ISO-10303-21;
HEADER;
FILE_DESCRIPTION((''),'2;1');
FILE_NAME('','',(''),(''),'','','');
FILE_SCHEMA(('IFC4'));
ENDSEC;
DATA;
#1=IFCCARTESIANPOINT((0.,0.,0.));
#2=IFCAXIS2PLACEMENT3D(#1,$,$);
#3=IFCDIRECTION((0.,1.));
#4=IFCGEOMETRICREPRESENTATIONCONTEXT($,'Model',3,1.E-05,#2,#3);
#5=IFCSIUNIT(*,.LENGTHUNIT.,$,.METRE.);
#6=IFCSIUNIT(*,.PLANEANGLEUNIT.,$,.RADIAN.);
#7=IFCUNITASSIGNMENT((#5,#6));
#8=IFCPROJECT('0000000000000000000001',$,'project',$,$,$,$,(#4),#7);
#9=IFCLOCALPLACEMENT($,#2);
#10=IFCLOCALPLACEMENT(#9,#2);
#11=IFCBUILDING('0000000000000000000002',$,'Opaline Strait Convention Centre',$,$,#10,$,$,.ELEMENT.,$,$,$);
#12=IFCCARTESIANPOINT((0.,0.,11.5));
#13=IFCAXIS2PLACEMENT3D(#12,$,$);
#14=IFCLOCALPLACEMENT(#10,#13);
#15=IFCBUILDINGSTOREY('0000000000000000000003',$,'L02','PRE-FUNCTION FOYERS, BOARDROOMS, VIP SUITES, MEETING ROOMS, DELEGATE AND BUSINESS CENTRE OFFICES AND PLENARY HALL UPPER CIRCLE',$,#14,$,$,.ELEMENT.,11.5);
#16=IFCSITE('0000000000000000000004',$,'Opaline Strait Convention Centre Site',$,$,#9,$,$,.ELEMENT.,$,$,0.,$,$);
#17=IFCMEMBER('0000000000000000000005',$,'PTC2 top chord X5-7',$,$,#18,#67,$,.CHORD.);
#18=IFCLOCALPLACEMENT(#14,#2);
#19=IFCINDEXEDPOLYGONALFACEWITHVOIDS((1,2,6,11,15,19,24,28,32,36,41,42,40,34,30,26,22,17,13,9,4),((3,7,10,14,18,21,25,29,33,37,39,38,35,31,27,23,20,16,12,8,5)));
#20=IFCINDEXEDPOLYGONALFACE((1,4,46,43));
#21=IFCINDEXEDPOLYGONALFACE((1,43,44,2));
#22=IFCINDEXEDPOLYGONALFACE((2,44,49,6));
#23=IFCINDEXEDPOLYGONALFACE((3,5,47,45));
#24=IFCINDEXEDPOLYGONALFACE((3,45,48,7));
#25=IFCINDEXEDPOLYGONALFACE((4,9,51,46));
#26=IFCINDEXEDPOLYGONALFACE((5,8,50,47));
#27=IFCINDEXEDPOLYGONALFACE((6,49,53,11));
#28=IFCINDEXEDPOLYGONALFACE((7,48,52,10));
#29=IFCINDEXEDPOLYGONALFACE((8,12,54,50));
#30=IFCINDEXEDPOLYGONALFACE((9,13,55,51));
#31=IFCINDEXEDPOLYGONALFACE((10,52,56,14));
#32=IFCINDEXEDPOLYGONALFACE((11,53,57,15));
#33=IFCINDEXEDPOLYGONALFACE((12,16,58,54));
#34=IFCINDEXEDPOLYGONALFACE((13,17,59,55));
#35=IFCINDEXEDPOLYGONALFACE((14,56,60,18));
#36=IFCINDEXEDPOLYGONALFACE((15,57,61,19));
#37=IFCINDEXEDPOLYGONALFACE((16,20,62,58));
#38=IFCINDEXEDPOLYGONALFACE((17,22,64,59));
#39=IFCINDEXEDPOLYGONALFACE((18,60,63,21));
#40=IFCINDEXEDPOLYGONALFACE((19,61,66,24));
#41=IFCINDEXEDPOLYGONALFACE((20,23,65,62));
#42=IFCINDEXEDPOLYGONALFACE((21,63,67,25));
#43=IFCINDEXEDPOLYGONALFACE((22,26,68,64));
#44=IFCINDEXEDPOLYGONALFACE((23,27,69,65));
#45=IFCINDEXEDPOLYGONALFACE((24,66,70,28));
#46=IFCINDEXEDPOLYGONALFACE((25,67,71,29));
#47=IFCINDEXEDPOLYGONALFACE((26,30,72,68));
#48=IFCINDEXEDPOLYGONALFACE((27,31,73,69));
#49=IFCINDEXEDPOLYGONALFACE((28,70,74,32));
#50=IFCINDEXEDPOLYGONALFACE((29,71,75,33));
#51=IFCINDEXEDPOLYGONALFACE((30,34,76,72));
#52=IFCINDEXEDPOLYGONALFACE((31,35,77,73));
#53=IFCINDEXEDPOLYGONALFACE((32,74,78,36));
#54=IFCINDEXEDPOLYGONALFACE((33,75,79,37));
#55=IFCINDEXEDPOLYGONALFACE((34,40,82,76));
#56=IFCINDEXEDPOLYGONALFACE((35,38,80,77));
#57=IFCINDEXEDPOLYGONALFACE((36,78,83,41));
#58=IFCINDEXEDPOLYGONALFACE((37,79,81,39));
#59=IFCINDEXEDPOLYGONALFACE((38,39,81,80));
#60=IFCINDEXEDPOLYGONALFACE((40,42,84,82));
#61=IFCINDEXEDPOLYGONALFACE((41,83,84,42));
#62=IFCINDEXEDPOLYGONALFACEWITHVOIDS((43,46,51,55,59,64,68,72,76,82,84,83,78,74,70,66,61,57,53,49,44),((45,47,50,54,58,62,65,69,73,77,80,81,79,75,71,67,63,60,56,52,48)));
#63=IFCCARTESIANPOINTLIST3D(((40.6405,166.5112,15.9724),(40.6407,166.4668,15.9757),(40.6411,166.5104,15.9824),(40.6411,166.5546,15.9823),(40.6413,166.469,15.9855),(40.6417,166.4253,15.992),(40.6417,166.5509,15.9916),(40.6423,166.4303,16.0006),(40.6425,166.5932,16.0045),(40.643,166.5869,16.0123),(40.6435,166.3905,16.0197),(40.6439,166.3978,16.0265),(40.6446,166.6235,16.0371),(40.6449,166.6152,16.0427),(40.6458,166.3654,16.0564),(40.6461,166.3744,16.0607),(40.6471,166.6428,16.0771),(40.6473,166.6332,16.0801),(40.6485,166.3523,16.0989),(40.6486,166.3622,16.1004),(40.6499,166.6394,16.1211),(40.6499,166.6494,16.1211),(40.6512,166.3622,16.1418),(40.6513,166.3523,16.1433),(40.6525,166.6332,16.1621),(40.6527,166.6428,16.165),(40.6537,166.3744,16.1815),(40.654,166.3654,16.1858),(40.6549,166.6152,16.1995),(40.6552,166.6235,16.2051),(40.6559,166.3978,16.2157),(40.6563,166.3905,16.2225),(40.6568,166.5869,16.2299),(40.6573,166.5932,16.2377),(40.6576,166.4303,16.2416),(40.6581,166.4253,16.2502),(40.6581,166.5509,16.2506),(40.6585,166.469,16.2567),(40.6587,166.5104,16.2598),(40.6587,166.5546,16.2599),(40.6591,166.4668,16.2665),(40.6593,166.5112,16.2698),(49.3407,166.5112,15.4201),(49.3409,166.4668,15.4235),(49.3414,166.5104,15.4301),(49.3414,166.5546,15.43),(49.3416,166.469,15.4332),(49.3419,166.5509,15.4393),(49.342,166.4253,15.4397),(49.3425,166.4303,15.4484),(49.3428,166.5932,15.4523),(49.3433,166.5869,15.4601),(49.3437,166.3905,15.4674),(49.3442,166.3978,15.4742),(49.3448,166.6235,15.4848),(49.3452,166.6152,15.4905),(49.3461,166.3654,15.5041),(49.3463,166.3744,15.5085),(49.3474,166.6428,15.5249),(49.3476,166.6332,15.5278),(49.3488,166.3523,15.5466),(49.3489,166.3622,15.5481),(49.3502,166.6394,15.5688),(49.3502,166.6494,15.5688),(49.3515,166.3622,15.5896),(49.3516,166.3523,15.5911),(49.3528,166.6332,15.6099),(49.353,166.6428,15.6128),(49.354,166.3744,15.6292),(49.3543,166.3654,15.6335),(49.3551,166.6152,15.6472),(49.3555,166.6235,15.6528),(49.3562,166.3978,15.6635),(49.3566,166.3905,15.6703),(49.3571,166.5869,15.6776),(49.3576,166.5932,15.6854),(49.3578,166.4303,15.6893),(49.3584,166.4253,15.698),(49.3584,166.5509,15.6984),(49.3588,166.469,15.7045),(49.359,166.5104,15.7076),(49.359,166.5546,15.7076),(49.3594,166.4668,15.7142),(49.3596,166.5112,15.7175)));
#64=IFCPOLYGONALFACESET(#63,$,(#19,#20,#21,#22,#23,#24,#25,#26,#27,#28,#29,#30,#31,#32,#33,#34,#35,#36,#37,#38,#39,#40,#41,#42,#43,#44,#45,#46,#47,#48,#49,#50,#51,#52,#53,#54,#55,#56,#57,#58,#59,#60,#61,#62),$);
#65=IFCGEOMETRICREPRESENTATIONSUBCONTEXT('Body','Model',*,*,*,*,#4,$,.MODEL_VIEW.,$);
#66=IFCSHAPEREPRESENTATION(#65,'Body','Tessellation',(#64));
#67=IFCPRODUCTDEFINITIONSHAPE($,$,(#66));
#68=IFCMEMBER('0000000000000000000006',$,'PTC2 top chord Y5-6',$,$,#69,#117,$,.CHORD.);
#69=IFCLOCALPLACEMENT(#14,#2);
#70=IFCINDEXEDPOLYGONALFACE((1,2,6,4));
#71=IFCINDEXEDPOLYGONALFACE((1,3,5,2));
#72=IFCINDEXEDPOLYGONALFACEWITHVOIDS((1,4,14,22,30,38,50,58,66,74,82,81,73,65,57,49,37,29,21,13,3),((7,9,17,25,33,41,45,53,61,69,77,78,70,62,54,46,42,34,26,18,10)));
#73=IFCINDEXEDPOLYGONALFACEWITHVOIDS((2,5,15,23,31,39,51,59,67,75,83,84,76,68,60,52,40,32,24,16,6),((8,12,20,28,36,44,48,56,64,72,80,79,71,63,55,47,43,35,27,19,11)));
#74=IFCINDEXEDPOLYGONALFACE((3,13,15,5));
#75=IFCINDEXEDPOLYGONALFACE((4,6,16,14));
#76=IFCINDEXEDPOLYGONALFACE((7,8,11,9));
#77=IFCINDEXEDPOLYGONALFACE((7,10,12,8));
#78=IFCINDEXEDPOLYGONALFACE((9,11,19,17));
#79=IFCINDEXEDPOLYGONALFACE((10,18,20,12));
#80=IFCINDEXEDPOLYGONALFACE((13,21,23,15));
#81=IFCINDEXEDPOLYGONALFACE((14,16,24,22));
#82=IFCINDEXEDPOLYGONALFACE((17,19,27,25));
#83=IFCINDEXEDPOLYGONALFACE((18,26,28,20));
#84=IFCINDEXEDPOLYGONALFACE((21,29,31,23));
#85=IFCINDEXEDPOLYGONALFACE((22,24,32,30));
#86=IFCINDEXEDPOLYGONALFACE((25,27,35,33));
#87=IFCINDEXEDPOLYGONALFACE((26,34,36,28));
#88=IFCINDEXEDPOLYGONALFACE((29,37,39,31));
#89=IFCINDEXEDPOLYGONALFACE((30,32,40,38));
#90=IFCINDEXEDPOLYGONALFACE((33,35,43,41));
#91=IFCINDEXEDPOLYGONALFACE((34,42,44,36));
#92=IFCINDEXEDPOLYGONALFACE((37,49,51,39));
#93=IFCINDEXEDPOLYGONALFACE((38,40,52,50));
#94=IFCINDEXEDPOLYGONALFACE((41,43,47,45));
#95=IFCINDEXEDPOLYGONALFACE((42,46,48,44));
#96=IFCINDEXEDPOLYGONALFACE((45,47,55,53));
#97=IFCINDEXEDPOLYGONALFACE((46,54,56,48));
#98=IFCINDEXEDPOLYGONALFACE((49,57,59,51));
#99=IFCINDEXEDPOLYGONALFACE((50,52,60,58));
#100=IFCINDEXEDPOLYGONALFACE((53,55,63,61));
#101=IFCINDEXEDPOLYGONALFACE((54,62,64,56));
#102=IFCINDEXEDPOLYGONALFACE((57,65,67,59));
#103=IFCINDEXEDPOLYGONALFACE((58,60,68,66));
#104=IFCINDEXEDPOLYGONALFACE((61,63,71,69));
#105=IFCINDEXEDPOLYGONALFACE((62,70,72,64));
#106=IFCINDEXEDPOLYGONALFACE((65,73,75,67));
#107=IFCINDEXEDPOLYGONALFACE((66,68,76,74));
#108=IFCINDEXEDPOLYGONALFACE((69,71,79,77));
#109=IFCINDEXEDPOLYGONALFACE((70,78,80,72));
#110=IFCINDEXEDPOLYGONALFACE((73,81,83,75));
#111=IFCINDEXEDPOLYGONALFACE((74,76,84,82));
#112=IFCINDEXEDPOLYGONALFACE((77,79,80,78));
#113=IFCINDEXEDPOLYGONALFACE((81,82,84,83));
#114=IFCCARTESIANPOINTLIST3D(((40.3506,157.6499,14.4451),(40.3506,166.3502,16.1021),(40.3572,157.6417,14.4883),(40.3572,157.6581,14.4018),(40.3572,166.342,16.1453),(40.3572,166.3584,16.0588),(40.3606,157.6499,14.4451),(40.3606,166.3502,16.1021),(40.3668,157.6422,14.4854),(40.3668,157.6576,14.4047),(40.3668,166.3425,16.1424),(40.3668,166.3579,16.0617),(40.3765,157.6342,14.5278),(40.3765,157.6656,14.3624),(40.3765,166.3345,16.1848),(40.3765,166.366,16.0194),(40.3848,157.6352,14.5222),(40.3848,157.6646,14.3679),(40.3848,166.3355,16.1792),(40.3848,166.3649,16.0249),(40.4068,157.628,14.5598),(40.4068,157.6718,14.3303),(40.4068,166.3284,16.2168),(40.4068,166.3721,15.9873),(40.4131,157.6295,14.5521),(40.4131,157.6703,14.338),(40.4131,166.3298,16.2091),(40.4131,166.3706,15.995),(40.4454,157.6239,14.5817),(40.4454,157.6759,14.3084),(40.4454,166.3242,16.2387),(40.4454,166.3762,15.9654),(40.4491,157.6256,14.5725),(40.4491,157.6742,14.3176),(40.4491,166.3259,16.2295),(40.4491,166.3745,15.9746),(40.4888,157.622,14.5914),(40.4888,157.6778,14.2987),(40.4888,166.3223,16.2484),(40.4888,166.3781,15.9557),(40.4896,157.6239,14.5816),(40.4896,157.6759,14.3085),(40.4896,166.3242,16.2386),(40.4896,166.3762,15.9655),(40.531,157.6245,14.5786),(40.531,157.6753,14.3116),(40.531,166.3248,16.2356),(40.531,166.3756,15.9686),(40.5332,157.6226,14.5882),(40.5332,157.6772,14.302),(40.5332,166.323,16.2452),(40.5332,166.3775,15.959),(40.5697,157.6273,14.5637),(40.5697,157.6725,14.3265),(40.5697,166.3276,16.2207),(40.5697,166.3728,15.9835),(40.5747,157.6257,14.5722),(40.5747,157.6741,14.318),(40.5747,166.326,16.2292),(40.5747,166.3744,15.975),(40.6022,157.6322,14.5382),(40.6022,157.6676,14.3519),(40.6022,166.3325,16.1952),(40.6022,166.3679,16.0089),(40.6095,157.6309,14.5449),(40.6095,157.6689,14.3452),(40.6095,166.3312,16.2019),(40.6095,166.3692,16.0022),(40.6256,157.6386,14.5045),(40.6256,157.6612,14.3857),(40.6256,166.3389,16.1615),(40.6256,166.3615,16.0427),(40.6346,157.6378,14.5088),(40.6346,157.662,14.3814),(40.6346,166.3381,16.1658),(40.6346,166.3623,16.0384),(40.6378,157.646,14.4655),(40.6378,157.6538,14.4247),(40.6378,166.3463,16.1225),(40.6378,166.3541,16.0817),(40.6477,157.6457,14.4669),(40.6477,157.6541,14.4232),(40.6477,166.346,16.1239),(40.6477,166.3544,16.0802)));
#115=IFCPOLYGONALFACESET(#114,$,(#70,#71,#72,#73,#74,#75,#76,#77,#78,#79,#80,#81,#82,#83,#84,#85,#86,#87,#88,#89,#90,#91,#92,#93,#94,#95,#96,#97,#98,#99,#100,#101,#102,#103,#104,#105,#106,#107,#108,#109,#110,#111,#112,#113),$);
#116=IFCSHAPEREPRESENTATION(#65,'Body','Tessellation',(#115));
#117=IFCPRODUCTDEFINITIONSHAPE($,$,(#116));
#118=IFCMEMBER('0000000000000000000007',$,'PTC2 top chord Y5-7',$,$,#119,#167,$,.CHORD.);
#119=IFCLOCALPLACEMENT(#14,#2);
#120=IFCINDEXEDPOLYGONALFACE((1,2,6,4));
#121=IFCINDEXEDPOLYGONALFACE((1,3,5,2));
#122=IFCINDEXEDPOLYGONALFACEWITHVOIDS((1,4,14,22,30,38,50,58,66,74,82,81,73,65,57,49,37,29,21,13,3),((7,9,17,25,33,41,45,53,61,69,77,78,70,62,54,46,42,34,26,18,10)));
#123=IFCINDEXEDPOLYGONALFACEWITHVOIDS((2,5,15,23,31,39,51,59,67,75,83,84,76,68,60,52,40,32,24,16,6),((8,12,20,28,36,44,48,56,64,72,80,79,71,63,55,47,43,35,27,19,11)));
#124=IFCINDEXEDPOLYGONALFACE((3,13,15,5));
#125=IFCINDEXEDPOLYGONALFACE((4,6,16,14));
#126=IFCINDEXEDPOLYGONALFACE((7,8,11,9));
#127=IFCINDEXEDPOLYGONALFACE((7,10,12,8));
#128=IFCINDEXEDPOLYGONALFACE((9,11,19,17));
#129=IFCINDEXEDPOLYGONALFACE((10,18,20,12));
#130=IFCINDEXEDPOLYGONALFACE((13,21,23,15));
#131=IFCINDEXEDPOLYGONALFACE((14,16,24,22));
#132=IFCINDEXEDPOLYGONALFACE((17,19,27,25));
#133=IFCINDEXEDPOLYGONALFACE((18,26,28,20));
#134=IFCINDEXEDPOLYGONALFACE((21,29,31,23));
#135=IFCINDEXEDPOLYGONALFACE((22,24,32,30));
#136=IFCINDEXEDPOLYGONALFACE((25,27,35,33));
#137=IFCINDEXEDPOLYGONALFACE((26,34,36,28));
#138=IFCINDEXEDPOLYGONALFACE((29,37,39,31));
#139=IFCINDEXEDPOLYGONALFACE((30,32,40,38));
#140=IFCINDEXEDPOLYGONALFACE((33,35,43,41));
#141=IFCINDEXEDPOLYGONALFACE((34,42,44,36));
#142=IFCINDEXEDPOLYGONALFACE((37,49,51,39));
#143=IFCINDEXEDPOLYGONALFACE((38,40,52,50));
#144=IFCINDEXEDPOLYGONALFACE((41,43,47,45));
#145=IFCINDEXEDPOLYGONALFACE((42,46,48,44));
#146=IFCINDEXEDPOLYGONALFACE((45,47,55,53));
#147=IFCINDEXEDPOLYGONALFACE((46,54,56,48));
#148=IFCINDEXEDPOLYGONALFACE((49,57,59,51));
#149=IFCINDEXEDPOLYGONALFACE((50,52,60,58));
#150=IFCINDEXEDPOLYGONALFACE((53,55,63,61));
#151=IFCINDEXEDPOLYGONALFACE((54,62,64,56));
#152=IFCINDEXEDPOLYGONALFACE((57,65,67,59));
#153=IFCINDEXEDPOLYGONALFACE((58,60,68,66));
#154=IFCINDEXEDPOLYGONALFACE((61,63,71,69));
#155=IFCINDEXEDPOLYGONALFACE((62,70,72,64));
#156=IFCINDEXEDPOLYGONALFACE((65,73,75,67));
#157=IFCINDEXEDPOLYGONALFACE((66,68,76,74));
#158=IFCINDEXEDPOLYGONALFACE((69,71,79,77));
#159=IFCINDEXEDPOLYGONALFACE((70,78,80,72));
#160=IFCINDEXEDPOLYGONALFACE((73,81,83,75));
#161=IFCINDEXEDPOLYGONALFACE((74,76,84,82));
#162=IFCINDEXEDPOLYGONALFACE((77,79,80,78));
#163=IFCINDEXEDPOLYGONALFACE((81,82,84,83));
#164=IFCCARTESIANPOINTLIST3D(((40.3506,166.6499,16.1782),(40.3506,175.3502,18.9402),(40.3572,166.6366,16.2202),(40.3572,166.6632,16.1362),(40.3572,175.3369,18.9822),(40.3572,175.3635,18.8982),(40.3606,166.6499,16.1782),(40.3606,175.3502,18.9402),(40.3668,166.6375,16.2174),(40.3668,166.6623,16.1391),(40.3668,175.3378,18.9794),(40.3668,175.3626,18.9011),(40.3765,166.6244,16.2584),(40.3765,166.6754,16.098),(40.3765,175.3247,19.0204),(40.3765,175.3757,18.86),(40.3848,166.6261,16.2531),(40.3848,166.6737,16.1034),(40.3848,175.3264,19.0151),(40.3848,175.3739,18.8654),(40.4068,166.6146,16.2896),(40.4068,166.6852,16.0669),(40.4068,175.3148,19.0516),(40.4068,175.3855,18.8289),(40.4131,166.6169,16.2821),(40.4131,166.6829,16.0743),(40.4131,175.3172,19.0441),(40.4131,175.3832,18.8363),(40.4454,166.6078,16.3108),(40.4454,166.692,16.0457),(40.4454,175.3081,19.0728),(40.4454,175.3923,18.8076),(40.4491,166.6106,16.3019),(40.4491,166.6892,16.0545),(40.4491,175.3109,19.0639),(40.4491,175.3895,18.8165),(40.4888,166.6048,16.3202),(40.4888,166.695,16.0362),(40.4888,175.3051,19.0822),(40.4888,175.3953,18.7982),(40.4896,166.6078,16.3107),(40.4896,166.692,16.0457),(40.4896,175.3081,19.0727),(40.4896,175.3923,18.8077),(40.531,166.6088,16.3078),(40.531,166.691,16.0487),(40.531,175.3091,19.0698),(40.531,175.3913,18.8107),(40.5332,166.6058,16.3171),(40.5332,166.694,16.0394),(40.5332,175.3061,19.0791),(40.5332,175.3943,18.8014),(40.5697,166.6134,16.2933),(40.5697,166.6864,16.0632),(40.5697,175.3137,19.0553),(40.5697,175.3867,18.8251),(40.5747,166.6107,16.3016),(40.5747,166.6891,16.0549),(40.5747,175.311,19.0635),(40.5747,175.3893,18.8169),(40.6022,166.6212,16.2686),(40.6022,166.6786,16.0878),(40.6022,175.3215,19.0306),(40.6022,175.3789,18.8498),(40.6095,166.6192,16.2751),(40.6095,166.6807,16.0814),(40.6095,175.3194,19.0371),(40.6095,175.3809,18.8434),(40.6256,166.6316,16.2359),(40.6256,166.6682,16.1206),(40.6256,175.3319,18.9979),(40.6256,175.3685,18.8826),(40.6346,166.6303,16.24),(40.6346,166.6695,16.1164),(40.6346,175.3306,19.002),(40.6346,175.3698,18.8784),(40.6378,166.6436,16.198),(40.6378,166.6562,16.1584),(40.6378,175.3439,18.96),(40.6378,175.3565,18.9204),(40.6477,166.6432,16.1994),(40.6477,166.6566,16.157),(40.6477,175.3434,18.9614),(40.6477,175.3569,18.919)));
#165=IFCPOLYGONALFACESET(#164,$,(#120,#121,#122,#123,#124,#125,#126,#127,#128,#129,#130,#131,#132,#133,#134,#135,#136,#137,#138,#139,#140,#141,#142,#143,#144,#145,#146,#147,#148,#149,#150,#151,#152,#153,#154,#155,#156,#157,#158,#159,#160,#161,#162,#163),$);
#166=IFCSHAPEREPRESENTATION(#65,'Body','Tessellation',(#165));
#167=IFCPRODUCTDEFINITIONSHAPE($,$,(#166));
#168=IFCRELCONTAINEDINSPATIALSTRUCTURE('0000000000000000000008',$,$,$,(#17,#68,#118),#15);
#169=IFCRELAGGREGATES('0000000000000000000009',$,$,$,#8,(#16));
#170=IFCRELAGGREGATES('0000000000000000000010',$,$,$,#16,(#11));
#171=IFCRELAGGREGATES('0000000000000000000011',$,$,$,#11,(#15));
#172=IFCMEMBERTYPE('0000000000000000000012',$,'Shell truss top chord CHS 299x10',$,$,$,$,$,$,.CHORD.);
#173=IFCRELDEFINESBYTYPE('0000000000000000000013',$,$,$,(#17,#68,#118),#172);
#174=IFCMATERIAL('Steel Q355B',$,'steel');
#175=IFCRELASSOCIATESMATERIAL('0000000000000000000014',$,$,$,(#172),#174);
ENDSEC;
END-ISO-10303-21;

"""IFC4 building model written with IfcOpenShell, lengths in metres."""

from ifc_helpers import new_model, si_unit, direction, frame, origin, origin_2d, place, context, subcontext, project, spatial, hollow_circle, extrude, material, material_profile, profile_set, type_object, element, save


model = new_model("IFC4")

# Units and contexts
model_context = context("Model", 3, precision=1e-05, world=origin(), true_north=direction((0.0, 1.0)))
body_context = subcontext(model_context, "Body", "Model", "MODEL_VIEW")
ifc_project = project(units=[si_unit("LENGTHUNIT", "METRE"), si_unit("PLANEANGLEUNIT", "RADIAN")], contexts=[model_context])

# Site, building, storey
site_placement = place(None, origin())
site = spatial("IfcSite", under=ifc_project, at=site_placement, Name="Opaline Strait Convention Centre Site", CompositionType="ELEMENT", RefElevation=0.0)
building_placement = place(site_placement, origin())
building = spatial("IfcBuilding", under=site, at=building_placement, Name="Opaline Strait Convention Centre", CompositionType="ELEMENT")
storey_placement = place(building_placement, frame((0.0, 0.0, 11.5)))
storey = spatial("IfcBuildingStorey", under=building, at=storey_placement, Name="L02", Description="PRE-FUNCTION FOYERS, BOARDROOMS, VIP SUITES, MEETING ROOMS, DELEGATE AND BUSINESS CENTRE OFFICES AND PLENARY HALL UPPER CIRCLE", CompositionType="ELEMENT", Elevation=11.5)

# Members
ifc_material_1 = material(Name="Steel Q355B", Category="steel")
ifc_material_profile_1 = material_profile(ifc_material_1, hollow_circle(Radius=0.1494, WallThickness=0.01, at=origin_2d()), Name="CHS 299x10")
ifc_profile_set_1 = profile_set([ifc_material_profile_1], Name="Steel Q355B")
member_type_1 = type_object("IfcMemberType", Name="Shell truss top chord CHS 299x10", PredefinedType="CHORD", material=ifc_profile_set_1)
for number, where, z_axis, x_axis, name in (
    (1, (40.6499, 166.5, 16.1211), (0.997992, 0.0, -0.063348), (0.0, 1.0, 0.0), "PTC2 top chord X5-7"),
):
    element("IfcMember", number, at=place(storey_placement, frame(where, z_axis=z_axis, x_axis=x_axis)), inside=storey, type_object=member_type_1, Name=name, PredefinedType="CHORD", context=body_context, shape_type="SweptSolid", body=[
        extrude(hollow_circle(Radius=0.1494, WallThickness=0.01, at=origin_2d()), origin(), (0.0, 0.0, 1.0), 8.7178),
    ])
member_1_placement = place(storey_placement, frame((40.5, 157.6499, 14.4451), z_axis=(0.0, 0.982343, 0.187091), x_axis=(-1.0, 0.0, 0.0)))
element("IfcMember", 2, at=member_1_placement, inside=storey, type_object=member_type_1, Name="PTC2 top chord Y5-6", PredefinedType="CHORD", context=body_context, shape_type="SweptSolid", body=[
    extrude(hollow_circle(Radius=0.1494, WallThickness=0.01, at=origin_2d()), origin(), (0.0, 0.0, 1.0), 8.8567),
])
member_2_placement = place(storey_placement, frame((40.5, 166.6499, 16.1782), z_axis=(0.0, 0.953124, 0.302579), x_axis=(-1.0, 0.0, 0.0)))
element("IfcMember", 3, at=member_2_placement, inside=storey, type_object=member_type_1, Name="PTC2 top chord Y5-7", PredefinedType="CHORD", context=body_context, shape_type="SweptSolid", body=[
    extrude(hollow_circle(Radius=0.1494, WallThickness=0.01, at=origin_2d()), origin(), (0.0, 0.0, 1.0), 9.1282),
])

save(model, "model.ifc")
